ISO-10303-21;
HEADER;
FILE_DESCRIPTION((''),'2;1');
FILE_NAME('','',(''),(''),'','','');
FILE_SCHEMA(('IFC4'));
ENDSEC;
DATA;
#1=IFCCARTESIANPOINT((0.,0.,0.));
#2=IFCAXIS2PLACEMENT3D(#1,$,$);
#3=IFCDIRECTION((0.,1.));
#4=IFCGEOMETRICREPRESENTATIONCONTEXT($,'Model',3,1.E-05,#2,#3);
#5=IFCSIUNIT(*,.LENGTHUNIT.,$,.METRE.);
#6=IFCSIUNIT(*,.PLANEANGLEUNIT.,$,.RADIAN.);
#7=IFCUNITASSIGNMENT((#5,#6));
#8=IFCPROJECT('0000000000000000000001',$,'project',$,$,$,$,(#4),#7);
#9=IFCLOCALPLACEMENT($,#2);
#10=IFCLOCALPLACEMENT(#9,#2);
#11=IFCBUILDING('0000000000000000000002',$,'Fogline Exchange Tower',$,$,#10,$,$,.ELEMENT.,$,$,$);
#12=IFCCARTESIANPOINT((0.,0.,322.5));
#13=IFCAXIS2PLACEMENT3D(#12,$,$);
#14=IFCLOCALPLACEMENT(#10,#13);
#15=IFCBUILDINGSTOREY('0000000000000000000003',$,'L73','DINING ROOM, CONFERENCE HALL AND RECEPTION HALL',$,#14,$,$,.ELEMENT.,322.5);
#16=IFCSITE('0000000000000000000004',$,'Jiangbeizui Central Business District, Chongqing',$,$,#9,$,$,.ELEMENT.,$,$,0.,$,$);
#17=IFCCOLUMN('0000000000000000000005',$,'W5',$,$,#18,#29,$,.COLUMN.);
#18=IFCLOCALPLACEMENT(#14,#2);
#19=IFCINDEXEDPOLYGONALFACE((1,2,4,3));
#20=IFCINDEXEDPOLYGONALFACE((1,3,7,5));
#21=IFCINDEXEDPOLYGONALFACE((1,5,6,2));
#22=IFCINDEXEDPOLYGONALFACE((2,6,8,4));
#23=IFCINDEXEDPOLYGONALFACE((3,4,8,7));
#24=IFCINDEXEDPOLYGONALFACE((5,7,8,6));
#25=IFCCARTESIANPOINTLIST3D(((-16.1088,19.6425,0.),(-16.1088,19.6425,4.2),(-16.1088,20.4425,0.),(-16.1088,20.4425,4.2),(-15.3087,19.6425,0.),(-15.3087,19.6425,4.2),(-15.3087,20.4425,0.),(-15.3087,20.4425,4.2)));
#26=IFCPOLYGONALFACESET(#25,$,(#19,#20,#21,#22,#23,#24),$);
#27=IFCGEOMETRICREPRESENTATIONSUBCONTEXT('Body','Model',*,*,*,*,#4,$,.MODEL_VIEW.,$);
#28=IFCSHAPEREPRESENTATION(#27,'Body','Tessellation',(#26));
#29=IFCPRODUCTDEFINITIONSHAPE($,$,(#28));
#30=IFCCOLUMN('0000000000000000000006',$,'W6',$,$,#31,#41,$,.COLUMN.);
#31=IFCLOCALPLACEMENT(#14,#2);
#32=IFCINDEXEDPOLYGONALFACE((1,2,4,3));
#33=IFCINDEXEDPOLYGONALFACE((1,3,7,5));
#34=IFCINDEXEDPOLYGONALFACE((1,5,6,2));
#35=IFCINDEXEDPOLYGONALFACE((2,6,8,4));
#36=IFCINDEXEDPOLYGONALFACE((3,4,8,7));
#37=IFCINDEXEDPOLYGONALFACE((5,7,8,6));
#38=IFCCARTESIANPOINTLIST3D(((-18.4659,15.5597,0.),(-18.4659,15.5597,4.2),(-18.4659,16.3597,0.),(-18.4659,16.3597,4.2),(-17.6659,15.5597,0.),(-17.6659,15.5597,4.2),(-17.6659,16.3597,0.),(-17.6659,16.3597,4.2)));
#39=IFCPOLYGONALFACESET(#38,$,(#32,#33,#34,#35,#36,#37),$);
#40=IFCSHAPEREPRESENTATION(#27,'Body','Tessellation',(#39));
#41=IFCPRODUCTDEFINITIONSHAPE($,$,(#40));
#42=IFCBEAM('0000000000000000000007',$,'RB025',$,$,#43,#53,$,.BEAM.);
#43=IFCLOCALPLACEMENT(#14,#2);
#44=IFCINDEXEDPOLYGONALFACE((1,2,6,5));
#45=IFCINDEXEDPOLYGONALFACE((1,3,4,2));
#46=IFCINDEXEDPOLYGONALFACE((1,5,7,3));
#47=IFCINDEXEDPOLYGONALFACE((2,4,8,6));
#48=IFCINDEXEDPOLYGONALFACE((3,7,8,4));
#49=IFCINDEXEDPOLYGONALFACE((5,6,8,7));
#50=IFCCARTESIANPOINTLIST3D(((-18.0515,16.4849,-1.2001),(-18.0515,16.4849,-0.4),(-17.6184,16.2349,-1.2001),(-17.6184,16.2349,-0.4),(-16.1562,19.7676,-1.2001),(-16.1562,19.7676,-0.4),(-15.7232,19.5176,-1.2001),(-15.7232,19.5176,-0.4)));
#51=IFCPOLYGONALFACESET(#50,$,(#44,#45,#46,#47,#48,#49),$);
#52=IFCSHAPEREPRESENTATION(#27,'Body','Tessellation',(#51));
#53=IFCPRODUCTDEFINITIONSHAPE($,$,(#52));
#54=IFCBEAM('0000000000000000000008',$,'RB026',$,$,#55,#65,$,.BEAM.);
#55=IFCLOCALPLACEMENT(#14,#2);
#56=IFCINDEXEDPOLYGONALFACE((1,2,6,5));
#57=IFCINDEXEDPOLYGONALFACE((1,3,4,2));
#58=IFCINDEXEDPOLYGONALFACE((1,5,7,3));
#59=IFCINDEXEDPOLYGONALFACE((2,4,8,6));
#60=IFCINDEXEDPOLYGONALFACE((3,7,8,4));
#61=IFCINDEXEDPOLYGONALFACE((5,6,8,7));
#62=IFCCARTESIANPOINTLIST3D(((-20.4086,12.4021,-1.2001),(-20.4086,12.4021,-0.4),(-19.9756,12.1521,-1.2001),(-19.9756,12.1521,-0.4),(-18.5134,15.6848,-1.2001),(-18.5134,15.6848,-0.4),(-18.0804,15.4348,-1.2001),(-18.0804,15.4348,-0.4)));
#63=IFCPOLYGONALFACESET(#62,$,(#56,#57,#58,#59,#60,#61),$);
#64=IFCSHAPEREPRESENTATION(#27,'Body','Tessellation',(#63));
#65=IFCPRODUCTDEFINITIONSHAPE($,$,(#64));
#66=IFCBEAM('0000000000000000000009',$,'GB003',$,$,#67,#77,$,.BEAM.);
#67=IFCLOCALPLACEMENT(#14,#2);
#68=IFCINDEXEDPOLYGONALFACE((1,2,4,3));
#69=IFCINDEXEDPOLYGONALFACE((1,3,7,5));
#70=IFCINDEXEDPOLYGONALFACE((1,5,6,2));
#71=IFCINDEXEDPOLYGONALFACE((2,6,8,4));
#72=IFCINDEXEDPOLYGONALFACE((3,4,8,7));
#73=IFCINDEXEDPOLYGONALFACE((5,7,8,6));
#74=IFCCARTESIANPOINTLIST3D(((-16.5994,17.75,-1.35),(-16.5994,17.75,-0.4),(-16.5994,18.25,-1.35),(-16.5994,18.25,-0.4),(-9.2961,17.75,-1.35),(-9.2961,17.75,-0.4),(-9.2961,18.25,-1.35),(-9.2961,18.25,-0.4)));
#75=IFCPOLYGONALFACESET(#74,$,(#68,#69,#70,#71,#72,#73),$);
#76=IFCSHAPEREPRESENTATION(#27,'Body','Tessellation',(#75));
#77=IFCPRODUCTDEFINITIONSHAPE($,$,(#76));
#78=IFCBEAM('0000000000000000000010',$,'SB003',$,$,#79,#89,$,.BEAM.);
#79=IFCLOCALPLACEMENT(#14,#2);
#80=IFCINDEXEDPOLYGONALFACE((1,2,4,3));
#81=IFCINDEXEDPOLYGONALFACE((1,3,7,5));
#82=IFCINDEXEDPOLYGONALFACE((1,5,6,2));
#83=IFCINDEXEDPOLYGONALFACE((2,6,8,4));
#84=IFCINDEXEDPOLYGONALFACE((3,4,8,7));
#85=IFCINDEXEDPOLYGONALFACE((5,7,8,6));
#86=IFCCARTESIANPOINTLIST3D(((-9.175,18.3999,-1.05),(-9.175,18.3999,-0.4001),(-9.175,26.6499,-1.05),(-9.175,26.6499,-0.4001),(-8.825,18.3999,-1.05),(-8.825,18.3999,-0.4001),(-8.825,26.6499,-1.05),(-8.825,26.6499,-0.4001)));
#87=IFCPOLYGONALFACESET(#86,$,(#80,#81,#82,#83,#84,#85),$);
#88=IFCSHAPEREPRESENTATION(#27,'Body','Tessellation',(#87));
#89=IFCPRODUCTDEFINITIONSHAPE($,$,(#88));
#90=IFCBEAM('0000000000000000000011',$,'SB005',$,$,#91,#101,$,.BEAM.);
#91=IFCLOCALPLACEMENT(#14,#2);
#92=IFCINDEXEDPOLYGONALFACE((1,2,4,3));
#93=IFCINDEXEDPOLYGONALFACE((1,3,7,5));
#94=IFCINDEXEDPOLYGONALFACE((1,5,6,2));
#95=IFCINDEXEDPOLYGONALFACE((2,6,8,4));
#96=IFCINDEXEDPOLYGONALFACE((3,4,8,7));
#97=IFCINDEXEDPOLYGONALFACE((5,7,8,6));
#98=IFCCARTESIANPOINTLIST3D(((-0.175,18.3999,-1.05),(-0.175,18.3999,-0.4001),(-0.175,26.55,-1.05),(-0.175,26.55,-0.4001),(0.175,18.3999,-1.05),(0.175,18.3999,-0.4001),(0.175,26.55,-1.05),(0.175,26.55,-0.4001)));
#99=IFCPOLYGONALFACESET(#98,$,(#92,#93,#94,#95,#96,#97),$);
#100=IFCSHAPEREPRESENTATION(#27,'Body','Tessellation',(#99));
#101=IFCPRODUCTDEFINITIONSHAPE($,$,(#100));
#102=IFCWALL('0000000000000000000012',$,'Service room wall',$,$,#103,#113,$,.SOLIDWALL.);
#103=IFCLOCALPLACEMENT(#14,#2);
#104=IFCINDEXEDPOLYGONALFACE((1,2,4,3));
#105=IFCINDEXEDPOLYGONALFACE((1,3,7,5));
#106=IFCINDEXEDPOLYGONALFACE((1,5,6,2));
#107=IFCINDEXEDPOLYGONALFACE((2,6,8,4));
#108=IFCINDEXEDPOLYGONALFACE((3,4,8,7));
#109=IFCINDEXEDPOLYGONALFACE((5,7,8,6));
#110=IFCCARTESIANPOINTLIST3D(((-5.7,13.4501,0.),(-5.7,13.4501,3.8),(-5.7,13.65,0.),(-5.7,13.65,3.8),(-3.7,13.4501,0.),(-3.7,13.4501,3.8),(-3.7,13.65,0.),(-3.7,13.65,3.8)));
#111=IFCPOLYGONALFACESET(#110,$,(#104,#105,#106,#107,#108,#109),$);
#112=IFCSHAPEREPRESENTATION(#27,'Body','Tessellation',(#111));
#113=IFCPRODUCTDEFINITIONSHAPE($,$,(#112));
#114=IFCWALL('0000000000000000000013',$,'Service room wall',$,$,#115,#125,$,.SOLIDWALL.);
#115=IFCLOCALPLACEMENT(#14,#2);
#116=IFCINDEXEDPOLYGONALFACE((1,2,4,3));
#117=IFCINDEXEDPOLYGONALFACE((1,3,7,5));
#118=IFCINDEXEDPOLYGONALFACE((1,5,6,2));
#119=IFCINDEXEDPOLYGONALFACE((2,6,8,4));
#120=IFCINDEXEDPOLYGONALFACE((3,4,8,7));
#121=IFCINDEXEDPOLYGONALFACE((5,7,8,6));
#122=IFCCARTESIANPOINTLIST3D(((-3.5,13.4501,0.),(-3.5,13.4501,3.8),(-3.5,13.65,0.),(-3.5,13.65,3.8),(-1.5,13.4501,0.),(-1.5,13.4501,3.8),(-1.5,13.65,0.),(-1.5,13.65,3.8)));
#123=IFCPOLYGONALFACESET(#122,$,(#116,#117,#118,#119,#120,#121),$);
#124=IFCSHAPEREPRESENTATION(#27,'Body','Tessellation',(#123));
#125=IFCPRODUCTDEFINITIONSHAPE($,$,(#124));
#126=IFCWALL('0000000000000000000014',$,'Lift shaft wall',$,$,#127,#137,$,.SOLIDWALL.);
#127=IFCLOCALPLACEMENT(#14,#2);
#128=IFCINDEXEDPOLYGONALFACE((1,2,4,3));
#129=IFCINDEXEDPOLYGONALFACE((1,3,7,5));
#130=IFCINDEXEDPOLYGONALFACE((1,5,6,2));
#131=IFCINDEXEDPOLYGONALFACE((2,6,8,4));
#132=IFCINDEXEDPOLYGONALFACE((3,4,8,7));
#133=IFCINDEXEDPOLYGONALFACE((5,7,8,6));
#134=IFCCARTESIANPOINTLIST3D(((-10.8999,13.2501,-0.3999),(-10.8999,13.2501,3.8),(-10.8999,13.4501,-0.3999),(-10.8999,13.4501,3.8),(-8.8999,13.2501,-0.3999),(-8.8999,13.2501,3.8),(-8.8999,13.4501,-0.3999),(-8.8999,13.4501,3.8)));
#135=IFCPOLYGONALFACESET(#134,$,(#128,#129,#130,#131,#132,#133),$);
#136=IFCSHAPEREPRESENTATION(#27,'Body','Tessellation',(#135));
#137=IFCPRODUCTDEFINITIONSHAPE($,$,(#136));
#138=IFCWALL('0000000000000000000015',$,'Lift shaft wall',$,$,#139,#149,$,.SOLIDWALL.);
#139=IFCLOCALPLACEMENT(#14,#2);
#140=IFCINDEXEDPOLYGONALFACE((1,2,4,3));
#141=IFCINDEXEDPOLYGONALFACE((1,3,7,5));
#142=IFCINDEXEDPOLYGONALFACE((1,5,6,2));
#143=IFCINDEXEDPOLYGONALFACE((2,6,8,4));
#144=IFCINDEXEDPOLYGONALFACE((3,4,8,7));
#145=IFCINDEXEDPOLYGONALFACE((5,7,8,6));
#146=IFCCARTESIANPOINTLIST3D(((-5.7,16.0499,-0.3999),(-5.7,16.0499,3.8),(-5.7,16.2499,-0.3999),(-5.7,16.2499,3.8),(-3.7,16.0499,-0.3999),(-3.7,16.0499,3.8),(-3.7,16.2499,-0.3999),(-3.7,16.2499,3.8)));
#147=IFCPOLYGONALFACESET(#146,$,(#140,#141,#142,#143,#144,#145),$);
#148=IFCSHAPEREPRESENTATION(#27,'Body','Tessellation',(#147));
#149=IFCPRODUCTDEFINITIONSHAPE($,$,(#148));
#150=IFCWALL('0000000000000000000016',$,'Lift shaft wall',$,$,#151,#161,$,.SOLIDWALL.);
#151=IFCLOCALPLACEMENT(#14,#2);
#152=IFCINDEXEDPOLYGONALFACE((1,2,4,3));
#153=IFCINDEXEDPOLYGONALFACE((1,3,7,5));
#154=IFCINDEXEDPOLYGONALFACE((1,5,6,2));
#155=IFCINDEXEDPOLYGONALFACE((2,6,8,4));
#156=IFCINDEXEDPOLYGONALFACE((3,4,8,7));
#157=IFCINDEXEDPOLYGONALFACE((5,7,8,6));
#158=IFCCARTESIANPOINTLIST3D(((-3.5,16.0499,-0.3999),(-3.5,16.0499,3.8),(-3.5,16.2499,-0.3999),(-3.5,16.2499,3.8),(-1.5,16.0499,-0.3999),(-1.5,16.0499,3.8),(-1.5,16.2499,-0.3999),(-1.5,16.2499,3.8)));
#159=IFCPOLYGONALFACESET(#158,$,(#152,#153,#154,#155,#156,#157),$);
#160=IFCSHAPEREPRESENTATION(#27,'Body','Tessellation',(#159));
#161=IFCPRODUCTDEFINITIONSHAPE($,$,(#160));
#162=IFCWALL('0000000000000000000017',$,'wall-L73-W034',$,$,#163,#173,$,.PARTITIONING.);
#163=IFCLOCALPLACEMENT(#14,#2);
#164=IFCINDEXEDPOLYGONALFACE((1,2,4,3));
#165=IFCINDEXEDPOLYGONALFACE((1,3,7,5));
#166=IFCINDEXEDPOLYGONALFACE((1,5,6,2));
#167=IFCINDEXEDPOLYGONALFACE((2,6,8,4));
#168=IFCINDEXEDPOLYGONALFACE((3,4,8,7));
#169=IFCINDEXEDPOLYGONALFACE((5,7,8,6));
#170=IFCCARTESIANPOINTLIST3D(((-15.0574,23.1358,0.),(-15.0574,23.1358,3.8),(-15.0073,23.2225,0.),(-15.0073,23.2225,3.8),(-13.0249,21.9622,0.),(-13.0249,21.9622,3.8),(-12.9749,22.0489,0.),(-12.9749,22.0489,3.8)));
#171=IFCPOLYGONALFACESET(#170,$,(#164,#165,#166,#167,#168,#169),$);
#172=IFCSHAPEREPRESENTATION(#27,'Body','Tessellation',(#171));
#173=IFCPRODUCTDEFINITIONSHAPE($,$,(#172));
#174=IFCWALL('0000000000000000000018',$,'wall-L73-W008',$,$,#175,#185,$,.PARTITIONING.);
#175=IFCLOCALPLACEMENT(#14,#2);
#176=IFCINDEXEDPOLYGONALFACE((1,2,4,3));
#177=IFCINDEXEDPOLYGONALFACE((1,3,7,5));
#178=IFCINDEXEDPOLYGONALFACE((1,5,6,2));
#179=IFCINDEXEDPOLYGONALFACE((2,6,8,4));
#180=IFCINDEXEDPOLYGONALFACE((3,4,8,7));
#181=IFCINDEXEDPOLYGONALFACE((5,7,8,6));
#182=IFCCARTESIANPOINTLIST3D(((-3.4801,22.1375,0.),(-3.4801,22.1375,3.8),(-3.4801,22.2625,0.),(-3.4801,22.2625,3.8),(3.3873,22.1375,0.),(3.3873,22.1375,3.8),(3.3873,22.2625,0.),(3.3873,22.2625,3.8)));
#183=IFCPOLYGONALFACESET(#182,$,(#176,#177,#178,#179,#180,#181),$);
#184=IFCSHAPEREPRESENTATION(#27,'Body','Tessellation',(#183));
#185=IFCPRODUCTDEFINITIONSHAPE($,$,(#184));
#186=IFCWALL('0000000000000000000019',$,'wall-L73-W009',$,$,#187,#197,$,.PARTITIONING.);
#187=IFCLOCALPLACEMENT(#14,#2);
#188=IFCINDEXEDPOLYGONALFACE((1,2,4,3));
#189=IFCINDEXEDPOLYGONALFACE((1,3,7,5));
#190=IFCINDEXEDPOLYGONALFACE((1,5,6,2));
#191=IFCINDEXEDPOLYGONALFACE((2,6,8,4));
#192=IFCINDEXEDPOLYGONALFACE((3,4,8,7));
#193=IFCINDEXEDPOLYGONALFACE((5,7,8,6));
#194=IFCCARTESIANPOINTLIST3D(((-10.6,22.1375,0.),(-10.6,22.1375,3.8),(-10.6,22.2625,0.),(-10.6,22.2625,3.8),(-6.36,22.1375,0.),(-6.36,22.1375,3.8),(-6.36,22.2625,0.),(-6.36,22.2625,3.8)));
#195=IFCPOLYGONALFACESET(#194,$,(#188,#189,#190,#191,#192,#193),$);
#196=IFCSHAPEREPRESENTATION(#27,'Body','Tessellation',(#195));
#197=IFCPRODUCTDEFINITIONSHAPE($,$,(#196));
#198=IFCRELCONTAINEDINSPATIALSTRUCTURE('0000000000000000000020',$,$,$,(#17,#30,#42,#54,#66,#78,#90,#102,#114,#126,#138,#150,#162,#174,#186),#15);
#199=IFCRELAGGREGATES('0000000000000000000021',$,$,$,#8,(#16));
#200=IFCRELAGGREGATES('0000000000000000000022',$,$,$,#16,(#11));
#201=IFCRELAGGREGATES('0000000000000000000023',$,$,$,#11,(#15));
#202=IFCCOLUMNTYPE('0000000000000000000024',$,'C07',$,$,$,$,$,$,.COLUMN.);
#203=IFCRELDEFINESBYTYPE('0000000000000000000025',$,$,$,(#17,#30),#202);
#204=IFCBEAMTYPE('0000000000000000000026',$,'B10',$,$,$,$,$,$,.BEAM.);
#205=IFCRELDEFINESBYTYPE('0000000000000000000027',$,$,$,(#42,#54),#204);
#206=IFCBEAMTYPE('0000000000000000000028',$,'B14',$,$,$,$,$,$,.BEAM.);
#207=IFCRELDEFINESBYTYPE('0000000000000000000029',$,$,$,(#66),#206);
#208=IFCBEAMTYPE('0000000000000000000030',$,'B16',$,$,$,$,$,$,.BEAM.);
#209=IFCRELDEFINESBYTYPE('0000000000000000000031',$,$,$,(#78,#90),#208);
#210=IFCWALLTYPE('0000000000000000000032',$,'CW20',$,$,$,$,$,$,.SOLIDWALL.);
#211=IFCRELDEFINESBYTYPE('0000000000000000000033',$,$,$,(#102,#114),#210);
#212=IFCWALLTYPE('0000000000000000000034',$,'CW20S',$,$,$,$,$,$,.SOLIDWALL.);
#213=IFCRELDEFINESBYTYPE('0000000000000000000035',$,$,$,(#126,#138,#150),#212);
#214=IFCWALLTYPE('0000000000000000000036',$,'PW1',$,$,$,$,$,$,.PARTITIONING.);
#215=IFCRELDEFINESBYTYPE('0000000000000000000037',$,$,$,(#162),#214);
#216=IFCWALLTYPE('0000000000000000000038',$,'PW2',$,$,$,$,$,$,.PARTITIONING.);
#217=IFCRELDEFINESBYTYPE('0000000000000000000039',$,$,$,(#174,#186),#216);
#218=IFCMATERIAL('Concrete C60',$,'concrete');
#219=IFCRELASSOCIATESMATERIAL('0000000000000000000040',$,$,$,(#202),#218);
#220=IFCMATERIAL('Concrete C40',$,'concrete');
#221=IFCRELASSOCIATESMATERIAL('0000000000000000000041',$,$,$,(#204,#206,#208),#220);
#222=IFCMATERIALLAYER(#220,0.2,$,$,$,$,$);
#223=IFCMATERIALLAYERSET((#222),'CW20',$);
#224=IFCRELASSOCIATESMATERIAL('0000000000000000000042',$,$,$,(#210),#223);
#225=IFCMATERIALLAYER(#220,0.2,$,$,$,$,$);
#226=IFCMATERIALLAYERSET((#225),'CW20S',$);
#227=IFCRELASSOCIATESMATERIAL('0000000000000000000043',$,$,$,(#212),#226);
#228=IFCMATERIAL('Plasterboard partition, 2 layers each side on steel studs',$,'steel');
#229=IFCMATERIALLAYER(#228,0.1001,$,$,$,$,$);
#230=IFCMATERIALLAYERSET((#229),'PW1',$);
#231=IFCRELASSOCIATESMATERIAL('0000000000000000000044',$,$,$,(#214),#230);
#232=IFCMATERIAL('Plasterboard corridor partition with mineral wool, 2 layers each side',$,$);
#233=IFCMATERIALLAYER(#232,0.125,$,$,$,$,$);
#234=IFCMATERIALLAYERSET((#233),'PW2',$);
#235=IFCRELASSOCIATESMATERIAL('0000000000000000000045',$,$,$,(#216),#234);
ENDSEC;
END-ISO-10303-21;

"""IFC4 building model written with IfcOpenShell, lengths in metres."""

from ifc_helpers import new_model, si_unit, direction, frame, frame_2d, origin, origin_2d, place, context, subcontext, project, spatial, rectangle, extrude, material, layer, layer_set, material_profile, profile_set, type_object, element, save


model = new_model("IFC4")

# Units and contexts
model_context = context("Model", 3, precision=1e-05, world=origin(), true_north=direction((0.0, 1.0)))
body_context = subcontext(model_context, "Body", "Model", "MODEL_VIEW")
ifc_project = project(units=[si_unit("LENGTHUNIT", "METRE"), si_unit("PLANEANGLEUNIT", "RADIAN")], contexts=[model_context])

# Site, building, storey
site_placement = place(None, origin())
site = spatial("IfcSite", under=ifc_project, at=site_placement, Name="Jiangbeizui Central Business District, Chongqing", CompositionType="ELEMENT", RefElevation=0.0)
building_placement = place(site_placement, origin())
building = spatial("IfcBuilding", under=site, at=building_placement, Name="Fogline Exchange Tower", CompositionType="ELEMENT")
storey_placement = place(building_placement, frame((0.0, 0.0, 322.5)))
storey = spatial("IfcBuildingStorey", under=building, at=storey_placement, Name="L73", Description="DINING ROOM, CONFERENCE HALL AND RECEPTION HALL", CompositionType="ELEMENT", Elevation=322.5)

# Columns
ifc_material_1 = material(Name="Concrete C60", Category="concrete")
ifc_material_profile_1 = material_profile(ifc_material_1, rectangle(XDim=0.8, YDim=0.8, at=origin_2d()), Name="RC 800x800")
ifc_profile_set_1 = profile_set([ifc_material_profile_1], Name="Concrete C60")
column_type = type_object("IfcColumnType", Name="C07", PredefinedType="COLUMN", material=ifc_profile_set_1)
for number, where, z_axis, x_axis, name in (
    (1, (-15.7087, 20.0425, 0.0), (0.0, 0.0, 1.0), (1.0, 0.0, 0.0), "W5"),
    (2, (-18.0659, 15.9597, 0.0), (0.0, 0.0, 1.0), (1.0, 0.0, 0.0), "W6"),
):
    element("IfcColumn", number, at=place(storey_placement, frame(where, z_axis=z_axis, x_axis=x_axis)), inside=storey, type_object=column_type, Name=name, PredefinedType="COLUMN", context=body_context, shape_type="SweptSolid", body=[
        extrude(rectangle(XDim=0.8, YDim=0.8, at=origin_2d()), origin(), (0.0, 0.0, 1.0), 4.2),
    ])

# Beams
ifc_material_2 = material(Name="Concrete C40", Category="concrete")
ifc_material_profile_2 = material_profile(ifc_material_2, rectangle(XDim=0.5, YDim=0.8, at=origin_2d()), Name="RC 500x800")
ifc_profile_set_2 = profile_set([ifc_material_profile_2], Name="Concrete C40")
beam_type_1 = type_object("IfcBeamType", Name="B10", PredefinedType="BEAM", material=ifc_profile_set_2)
for number, where, z_axis, x_axis, name in (
    (3, (-15.9397, 19.6426, -0.8), (-0.499998, -0.866027, 0.0), (0.866027, -0.499998, 0.0), "RB025"),
    (4, (-18.2969, 15.5598, -0.8), (-0.499998, -0.866027, 0.0), (0.866027, -0.499998, 0.0), "RB026"),
):
    element("IfcBeam", number, at=place(storey_placement, frame(where, z_axis=z_axis, x_axis=x_axis)), inside=storey, type_object=beam_type_1, Name=name, PredefinedType="BEAM", context=body_context, shape_type="SweptSolid", body=[
        extrude(rectangle(XDim=0.5, YDim=0.8, at=origin_2d()), origin(), (0.0, 0.0, 1.0), 3.7905),
    ])
ifc_material_profile_3 = material_profile(ifc_material_2, rectangle(XDim=0.5, YDim=0.95, at=origin_2d()), Name="RC 500x950")
ifc_profile_set_3 = profile_set([ifc_material_profile_3], Name="Concrete C40")
beam_type_2 = type_object("IfcBeamType", Name="B14", PredefinedType="BEAM", material=ifc_profile_set_3)
beam_1_placement = place(storey_placement, frame((-16.5994, 18.0, -0.875), z_axis=(1.0, 0.0, 0.0), x_axis=(0.0, 1.0, 0.0)))
element("IfcBeam", 5, at=beam_1_placement, inside=storey, type_object=beam_type_2, Name="GB003", PredefinedType="BEAM", context=body_context, shape_type="SweptSolid", body=[
    extrude(rectangle(XDim=0.5, YDim=0.95, at=origin_2d()), origin(), (0.0, 0.0, 1.0), 7.3032),
])
ifc_material_profile_4 = material_profile(ifc_material_2, rectangle(XDim=0.3501, YDim=0.6499, at=origin_2d()), Name="RC 350x650")
ifc_profile_set_4 = profile_set([ifc_material_profile_4], Name="Concrete C40")
beam_type_3 = type_object("IfcBeamType", Name="B16", PredefinedType="BEAM", material=ifc_profile_set_4)
beam_2_placement = place(storey_placement, frame((-9.0, 18.3999, -0.7251), z_axis=(0.0, 1.0, 0.0), x_axis=(-1.0, 0.0, 0.0)))
element("IfcBeam", 6, at=beam_2_placement, inside=storey, type_object=beam_type_3, Name="SB003", PredefinedType="BEAM", context=body_context, shape_type="SweptSolid", body=[
    extrude(rectangle(XDim=0.3501, YDim=0.6499, at=origin_2d()), origin(), (0.0, 0.0, 1.0), 8.25),
])
beam_3_placement = place(storey_placement, frame((0.0, 18.3999, -0.7251), z_axis=(0.0, 1.0, 0.0), x_axis=(-1.0, 0.0, 0.0)))
element("IfcBeam", 7, at=beam_3_placement, inside=storey, type_object=beam_type_3, Name="SB005", PredefinedType="BEAM", context=body_context, shape_type="SweptSolid", body=[
    extrude(rectangle(XDim=0.3501, YDim=0.6499, at=origin_2d()), origin(), (0.0, 0.0, 1.0), 8.1501),
])

# Walls
ifc_layer_1 = layer(ifc_material_2, 0.2)
ifc_layer_set_1 = layer_set([ifc_layer_1], Name="CW20")
wall_type_1 = type_object("IfcWallType", Name="CW20", PredefinedType="SOLIDWALL", material=ifc_layer_set_1)
for number, where, z_axis, x_axis, name in (
    (8, (-5.7, 13.55, 0.0), (0.0, 0.0, 1.0), (1.0, 0.0, 0.0), "Service room wall"),
    (9, (-3.5, 13.55, 0.0), (0.0, 0.0, 1.0), (1.0, 0.0, 0.0), "Service room wall"),
):
    element("IfcWall", number, at=place(storey_placement, frame(where, z_axis=z_axis, x_axis=x_axis)), inside=storey, type_object=wall_type_1, Name=name, PredefinedType="SOLIDWALL", context=body_context, shape_type="SweptSolid", body=[
        extrude(rectangle(XDim=2.0, YDim=0.2, at=frame_2d((1.0, 0.0))), origin(), (0.0, 0.0, 1.0), 3.8),
    ])
ifc_layer_2 = layer(ifc_material_2, 0.2)
ifc_layer_set_2 = layer_set([ifc_layer_2], Name="CW20S")
wall_type_2 = type_object("IfcWallType", Name="CW20S", PredefinedType="SOLIDWALL", material=ifc_layer_set_2)
for number, where, z_axis, x_axis, name in (
    (10, (-10.8999, 13.3501, -0.3999), (0.0, 0.0, 1.0), (1.0, 0.0, 0.0), "Lift shaft wall"),
    (11, (-5.7, 16.1499, -0.3999), (0.0, 0.0, 1.0), (1.0, 0.0, 0.0), "Lift shaft wall"),
    (12, (-3.5, 16.1499, -0.3999), (0.0, 0.0, 1.0), (1.0, 0.0, 0.0), "Lift shaft wall"),
):
    element("IfcWall", number, at=place(storey_placement, frame(where, z_axis=z_axis, x_axis=x_axis)), inside=storey, type_object=wall_type_2, Name=name, PredefinedType="SOLIDWALL", context=body_context, shape_type="SweptSolid", body=[
        extrude(rectangle(XDim=2.0, YDim=0.2, at=frame_2d((1.0, 0.0))), origin(), (0.0, 0.0, 1.0), 4.2),
    ])
ifc_material_3 = material(Name="Plasterboard partition, 2 layers each side on steel studs", Category="steel")
ifc_layer_3 = layer(ifc_material_3, 0.1001)
ifc_layer_set_3 = layer_set([ifc_layer_3], Name="PW1")
wall_type_3 = type_object("IfcWallType", Name="PW1", PredefinedType="PARTITIONING", material=ifc_layer_set_3)
wall_1_placement = place(storey_placement, frame((-13.0, 22.0056, 0.0), z_axis=(0.0, 0.0, 1.0), x_axis=(-0.866, 0.500044, 0.0)))
element("IfcWall", 13, at=wall_1_placement, inside=storey, type_object=wall_type_3, Name="wall-L73-W034", PredefinedType="PARTITIONING", context=body_context, shape_type="SweptSolid", body=[
    extrude(rectangle(XDim=2.3469, YDim=0.1001, at=frame_2d((1.1733, 0.0))), origin(), (0.0, 0.0, 1.0), 3.8),
])
ifc_material_4 = material(Name="Plasterboard corridor partition with mineral wool, 2 layers each side")
ifc_layer_4 = layer(ifc_material_4, 0.125)
ifc_layer_set_4 = layer_set([ifc_layer_4], Name="PW2")
wall_type_4 = type_object("IfcWallType", Name="PW2", PredefinedType="PARTITIONING", material=ifc_layer_set_4)
wall_2_placement = place(storey_placement, frame((-3.48, 22.2, 0.0), z_axis=(0.0, 0.0, 1.0), x_axis=(1.0, 0.0, 0.0)))
element("IfcWall", 14, at=wall_2_placement, inside=storey, type_object=wall_type_4, Name="wall-L73-W008", PredefinedType="PARTITIONING", context=body_context, shape_type="SweptSolid", body=[
    extrude(rectangle(XDim=6.8674, YDim=0.125, at=frame_2d((3.4336, 0.0))), origin(), (0.0, 0.0, 1.0), 3.8),
])
wall_3_placement = place(storey_placement, frame((-10.6001, 22.2, 0.0), z_axis=(0.0, 0.0, 1.0), x_axis=(1.0, 0.0, 0.0)))
element("IfcWall", 15, at=wall_3_placement, inside=storey, type_object=wall_type_4, Name="wall-L73-W009", PredefinedType="PARTITIONING", context=body_context, shape_type="SweptSolid", body=[
    extrude(rectangle(XDim=4.24, YDim=0.125, at=frame_2d((2.1201, 0.0))), origin(), (0.0, 0.0, 1.0), 3.8),
])

save(model, "model.ifc")
